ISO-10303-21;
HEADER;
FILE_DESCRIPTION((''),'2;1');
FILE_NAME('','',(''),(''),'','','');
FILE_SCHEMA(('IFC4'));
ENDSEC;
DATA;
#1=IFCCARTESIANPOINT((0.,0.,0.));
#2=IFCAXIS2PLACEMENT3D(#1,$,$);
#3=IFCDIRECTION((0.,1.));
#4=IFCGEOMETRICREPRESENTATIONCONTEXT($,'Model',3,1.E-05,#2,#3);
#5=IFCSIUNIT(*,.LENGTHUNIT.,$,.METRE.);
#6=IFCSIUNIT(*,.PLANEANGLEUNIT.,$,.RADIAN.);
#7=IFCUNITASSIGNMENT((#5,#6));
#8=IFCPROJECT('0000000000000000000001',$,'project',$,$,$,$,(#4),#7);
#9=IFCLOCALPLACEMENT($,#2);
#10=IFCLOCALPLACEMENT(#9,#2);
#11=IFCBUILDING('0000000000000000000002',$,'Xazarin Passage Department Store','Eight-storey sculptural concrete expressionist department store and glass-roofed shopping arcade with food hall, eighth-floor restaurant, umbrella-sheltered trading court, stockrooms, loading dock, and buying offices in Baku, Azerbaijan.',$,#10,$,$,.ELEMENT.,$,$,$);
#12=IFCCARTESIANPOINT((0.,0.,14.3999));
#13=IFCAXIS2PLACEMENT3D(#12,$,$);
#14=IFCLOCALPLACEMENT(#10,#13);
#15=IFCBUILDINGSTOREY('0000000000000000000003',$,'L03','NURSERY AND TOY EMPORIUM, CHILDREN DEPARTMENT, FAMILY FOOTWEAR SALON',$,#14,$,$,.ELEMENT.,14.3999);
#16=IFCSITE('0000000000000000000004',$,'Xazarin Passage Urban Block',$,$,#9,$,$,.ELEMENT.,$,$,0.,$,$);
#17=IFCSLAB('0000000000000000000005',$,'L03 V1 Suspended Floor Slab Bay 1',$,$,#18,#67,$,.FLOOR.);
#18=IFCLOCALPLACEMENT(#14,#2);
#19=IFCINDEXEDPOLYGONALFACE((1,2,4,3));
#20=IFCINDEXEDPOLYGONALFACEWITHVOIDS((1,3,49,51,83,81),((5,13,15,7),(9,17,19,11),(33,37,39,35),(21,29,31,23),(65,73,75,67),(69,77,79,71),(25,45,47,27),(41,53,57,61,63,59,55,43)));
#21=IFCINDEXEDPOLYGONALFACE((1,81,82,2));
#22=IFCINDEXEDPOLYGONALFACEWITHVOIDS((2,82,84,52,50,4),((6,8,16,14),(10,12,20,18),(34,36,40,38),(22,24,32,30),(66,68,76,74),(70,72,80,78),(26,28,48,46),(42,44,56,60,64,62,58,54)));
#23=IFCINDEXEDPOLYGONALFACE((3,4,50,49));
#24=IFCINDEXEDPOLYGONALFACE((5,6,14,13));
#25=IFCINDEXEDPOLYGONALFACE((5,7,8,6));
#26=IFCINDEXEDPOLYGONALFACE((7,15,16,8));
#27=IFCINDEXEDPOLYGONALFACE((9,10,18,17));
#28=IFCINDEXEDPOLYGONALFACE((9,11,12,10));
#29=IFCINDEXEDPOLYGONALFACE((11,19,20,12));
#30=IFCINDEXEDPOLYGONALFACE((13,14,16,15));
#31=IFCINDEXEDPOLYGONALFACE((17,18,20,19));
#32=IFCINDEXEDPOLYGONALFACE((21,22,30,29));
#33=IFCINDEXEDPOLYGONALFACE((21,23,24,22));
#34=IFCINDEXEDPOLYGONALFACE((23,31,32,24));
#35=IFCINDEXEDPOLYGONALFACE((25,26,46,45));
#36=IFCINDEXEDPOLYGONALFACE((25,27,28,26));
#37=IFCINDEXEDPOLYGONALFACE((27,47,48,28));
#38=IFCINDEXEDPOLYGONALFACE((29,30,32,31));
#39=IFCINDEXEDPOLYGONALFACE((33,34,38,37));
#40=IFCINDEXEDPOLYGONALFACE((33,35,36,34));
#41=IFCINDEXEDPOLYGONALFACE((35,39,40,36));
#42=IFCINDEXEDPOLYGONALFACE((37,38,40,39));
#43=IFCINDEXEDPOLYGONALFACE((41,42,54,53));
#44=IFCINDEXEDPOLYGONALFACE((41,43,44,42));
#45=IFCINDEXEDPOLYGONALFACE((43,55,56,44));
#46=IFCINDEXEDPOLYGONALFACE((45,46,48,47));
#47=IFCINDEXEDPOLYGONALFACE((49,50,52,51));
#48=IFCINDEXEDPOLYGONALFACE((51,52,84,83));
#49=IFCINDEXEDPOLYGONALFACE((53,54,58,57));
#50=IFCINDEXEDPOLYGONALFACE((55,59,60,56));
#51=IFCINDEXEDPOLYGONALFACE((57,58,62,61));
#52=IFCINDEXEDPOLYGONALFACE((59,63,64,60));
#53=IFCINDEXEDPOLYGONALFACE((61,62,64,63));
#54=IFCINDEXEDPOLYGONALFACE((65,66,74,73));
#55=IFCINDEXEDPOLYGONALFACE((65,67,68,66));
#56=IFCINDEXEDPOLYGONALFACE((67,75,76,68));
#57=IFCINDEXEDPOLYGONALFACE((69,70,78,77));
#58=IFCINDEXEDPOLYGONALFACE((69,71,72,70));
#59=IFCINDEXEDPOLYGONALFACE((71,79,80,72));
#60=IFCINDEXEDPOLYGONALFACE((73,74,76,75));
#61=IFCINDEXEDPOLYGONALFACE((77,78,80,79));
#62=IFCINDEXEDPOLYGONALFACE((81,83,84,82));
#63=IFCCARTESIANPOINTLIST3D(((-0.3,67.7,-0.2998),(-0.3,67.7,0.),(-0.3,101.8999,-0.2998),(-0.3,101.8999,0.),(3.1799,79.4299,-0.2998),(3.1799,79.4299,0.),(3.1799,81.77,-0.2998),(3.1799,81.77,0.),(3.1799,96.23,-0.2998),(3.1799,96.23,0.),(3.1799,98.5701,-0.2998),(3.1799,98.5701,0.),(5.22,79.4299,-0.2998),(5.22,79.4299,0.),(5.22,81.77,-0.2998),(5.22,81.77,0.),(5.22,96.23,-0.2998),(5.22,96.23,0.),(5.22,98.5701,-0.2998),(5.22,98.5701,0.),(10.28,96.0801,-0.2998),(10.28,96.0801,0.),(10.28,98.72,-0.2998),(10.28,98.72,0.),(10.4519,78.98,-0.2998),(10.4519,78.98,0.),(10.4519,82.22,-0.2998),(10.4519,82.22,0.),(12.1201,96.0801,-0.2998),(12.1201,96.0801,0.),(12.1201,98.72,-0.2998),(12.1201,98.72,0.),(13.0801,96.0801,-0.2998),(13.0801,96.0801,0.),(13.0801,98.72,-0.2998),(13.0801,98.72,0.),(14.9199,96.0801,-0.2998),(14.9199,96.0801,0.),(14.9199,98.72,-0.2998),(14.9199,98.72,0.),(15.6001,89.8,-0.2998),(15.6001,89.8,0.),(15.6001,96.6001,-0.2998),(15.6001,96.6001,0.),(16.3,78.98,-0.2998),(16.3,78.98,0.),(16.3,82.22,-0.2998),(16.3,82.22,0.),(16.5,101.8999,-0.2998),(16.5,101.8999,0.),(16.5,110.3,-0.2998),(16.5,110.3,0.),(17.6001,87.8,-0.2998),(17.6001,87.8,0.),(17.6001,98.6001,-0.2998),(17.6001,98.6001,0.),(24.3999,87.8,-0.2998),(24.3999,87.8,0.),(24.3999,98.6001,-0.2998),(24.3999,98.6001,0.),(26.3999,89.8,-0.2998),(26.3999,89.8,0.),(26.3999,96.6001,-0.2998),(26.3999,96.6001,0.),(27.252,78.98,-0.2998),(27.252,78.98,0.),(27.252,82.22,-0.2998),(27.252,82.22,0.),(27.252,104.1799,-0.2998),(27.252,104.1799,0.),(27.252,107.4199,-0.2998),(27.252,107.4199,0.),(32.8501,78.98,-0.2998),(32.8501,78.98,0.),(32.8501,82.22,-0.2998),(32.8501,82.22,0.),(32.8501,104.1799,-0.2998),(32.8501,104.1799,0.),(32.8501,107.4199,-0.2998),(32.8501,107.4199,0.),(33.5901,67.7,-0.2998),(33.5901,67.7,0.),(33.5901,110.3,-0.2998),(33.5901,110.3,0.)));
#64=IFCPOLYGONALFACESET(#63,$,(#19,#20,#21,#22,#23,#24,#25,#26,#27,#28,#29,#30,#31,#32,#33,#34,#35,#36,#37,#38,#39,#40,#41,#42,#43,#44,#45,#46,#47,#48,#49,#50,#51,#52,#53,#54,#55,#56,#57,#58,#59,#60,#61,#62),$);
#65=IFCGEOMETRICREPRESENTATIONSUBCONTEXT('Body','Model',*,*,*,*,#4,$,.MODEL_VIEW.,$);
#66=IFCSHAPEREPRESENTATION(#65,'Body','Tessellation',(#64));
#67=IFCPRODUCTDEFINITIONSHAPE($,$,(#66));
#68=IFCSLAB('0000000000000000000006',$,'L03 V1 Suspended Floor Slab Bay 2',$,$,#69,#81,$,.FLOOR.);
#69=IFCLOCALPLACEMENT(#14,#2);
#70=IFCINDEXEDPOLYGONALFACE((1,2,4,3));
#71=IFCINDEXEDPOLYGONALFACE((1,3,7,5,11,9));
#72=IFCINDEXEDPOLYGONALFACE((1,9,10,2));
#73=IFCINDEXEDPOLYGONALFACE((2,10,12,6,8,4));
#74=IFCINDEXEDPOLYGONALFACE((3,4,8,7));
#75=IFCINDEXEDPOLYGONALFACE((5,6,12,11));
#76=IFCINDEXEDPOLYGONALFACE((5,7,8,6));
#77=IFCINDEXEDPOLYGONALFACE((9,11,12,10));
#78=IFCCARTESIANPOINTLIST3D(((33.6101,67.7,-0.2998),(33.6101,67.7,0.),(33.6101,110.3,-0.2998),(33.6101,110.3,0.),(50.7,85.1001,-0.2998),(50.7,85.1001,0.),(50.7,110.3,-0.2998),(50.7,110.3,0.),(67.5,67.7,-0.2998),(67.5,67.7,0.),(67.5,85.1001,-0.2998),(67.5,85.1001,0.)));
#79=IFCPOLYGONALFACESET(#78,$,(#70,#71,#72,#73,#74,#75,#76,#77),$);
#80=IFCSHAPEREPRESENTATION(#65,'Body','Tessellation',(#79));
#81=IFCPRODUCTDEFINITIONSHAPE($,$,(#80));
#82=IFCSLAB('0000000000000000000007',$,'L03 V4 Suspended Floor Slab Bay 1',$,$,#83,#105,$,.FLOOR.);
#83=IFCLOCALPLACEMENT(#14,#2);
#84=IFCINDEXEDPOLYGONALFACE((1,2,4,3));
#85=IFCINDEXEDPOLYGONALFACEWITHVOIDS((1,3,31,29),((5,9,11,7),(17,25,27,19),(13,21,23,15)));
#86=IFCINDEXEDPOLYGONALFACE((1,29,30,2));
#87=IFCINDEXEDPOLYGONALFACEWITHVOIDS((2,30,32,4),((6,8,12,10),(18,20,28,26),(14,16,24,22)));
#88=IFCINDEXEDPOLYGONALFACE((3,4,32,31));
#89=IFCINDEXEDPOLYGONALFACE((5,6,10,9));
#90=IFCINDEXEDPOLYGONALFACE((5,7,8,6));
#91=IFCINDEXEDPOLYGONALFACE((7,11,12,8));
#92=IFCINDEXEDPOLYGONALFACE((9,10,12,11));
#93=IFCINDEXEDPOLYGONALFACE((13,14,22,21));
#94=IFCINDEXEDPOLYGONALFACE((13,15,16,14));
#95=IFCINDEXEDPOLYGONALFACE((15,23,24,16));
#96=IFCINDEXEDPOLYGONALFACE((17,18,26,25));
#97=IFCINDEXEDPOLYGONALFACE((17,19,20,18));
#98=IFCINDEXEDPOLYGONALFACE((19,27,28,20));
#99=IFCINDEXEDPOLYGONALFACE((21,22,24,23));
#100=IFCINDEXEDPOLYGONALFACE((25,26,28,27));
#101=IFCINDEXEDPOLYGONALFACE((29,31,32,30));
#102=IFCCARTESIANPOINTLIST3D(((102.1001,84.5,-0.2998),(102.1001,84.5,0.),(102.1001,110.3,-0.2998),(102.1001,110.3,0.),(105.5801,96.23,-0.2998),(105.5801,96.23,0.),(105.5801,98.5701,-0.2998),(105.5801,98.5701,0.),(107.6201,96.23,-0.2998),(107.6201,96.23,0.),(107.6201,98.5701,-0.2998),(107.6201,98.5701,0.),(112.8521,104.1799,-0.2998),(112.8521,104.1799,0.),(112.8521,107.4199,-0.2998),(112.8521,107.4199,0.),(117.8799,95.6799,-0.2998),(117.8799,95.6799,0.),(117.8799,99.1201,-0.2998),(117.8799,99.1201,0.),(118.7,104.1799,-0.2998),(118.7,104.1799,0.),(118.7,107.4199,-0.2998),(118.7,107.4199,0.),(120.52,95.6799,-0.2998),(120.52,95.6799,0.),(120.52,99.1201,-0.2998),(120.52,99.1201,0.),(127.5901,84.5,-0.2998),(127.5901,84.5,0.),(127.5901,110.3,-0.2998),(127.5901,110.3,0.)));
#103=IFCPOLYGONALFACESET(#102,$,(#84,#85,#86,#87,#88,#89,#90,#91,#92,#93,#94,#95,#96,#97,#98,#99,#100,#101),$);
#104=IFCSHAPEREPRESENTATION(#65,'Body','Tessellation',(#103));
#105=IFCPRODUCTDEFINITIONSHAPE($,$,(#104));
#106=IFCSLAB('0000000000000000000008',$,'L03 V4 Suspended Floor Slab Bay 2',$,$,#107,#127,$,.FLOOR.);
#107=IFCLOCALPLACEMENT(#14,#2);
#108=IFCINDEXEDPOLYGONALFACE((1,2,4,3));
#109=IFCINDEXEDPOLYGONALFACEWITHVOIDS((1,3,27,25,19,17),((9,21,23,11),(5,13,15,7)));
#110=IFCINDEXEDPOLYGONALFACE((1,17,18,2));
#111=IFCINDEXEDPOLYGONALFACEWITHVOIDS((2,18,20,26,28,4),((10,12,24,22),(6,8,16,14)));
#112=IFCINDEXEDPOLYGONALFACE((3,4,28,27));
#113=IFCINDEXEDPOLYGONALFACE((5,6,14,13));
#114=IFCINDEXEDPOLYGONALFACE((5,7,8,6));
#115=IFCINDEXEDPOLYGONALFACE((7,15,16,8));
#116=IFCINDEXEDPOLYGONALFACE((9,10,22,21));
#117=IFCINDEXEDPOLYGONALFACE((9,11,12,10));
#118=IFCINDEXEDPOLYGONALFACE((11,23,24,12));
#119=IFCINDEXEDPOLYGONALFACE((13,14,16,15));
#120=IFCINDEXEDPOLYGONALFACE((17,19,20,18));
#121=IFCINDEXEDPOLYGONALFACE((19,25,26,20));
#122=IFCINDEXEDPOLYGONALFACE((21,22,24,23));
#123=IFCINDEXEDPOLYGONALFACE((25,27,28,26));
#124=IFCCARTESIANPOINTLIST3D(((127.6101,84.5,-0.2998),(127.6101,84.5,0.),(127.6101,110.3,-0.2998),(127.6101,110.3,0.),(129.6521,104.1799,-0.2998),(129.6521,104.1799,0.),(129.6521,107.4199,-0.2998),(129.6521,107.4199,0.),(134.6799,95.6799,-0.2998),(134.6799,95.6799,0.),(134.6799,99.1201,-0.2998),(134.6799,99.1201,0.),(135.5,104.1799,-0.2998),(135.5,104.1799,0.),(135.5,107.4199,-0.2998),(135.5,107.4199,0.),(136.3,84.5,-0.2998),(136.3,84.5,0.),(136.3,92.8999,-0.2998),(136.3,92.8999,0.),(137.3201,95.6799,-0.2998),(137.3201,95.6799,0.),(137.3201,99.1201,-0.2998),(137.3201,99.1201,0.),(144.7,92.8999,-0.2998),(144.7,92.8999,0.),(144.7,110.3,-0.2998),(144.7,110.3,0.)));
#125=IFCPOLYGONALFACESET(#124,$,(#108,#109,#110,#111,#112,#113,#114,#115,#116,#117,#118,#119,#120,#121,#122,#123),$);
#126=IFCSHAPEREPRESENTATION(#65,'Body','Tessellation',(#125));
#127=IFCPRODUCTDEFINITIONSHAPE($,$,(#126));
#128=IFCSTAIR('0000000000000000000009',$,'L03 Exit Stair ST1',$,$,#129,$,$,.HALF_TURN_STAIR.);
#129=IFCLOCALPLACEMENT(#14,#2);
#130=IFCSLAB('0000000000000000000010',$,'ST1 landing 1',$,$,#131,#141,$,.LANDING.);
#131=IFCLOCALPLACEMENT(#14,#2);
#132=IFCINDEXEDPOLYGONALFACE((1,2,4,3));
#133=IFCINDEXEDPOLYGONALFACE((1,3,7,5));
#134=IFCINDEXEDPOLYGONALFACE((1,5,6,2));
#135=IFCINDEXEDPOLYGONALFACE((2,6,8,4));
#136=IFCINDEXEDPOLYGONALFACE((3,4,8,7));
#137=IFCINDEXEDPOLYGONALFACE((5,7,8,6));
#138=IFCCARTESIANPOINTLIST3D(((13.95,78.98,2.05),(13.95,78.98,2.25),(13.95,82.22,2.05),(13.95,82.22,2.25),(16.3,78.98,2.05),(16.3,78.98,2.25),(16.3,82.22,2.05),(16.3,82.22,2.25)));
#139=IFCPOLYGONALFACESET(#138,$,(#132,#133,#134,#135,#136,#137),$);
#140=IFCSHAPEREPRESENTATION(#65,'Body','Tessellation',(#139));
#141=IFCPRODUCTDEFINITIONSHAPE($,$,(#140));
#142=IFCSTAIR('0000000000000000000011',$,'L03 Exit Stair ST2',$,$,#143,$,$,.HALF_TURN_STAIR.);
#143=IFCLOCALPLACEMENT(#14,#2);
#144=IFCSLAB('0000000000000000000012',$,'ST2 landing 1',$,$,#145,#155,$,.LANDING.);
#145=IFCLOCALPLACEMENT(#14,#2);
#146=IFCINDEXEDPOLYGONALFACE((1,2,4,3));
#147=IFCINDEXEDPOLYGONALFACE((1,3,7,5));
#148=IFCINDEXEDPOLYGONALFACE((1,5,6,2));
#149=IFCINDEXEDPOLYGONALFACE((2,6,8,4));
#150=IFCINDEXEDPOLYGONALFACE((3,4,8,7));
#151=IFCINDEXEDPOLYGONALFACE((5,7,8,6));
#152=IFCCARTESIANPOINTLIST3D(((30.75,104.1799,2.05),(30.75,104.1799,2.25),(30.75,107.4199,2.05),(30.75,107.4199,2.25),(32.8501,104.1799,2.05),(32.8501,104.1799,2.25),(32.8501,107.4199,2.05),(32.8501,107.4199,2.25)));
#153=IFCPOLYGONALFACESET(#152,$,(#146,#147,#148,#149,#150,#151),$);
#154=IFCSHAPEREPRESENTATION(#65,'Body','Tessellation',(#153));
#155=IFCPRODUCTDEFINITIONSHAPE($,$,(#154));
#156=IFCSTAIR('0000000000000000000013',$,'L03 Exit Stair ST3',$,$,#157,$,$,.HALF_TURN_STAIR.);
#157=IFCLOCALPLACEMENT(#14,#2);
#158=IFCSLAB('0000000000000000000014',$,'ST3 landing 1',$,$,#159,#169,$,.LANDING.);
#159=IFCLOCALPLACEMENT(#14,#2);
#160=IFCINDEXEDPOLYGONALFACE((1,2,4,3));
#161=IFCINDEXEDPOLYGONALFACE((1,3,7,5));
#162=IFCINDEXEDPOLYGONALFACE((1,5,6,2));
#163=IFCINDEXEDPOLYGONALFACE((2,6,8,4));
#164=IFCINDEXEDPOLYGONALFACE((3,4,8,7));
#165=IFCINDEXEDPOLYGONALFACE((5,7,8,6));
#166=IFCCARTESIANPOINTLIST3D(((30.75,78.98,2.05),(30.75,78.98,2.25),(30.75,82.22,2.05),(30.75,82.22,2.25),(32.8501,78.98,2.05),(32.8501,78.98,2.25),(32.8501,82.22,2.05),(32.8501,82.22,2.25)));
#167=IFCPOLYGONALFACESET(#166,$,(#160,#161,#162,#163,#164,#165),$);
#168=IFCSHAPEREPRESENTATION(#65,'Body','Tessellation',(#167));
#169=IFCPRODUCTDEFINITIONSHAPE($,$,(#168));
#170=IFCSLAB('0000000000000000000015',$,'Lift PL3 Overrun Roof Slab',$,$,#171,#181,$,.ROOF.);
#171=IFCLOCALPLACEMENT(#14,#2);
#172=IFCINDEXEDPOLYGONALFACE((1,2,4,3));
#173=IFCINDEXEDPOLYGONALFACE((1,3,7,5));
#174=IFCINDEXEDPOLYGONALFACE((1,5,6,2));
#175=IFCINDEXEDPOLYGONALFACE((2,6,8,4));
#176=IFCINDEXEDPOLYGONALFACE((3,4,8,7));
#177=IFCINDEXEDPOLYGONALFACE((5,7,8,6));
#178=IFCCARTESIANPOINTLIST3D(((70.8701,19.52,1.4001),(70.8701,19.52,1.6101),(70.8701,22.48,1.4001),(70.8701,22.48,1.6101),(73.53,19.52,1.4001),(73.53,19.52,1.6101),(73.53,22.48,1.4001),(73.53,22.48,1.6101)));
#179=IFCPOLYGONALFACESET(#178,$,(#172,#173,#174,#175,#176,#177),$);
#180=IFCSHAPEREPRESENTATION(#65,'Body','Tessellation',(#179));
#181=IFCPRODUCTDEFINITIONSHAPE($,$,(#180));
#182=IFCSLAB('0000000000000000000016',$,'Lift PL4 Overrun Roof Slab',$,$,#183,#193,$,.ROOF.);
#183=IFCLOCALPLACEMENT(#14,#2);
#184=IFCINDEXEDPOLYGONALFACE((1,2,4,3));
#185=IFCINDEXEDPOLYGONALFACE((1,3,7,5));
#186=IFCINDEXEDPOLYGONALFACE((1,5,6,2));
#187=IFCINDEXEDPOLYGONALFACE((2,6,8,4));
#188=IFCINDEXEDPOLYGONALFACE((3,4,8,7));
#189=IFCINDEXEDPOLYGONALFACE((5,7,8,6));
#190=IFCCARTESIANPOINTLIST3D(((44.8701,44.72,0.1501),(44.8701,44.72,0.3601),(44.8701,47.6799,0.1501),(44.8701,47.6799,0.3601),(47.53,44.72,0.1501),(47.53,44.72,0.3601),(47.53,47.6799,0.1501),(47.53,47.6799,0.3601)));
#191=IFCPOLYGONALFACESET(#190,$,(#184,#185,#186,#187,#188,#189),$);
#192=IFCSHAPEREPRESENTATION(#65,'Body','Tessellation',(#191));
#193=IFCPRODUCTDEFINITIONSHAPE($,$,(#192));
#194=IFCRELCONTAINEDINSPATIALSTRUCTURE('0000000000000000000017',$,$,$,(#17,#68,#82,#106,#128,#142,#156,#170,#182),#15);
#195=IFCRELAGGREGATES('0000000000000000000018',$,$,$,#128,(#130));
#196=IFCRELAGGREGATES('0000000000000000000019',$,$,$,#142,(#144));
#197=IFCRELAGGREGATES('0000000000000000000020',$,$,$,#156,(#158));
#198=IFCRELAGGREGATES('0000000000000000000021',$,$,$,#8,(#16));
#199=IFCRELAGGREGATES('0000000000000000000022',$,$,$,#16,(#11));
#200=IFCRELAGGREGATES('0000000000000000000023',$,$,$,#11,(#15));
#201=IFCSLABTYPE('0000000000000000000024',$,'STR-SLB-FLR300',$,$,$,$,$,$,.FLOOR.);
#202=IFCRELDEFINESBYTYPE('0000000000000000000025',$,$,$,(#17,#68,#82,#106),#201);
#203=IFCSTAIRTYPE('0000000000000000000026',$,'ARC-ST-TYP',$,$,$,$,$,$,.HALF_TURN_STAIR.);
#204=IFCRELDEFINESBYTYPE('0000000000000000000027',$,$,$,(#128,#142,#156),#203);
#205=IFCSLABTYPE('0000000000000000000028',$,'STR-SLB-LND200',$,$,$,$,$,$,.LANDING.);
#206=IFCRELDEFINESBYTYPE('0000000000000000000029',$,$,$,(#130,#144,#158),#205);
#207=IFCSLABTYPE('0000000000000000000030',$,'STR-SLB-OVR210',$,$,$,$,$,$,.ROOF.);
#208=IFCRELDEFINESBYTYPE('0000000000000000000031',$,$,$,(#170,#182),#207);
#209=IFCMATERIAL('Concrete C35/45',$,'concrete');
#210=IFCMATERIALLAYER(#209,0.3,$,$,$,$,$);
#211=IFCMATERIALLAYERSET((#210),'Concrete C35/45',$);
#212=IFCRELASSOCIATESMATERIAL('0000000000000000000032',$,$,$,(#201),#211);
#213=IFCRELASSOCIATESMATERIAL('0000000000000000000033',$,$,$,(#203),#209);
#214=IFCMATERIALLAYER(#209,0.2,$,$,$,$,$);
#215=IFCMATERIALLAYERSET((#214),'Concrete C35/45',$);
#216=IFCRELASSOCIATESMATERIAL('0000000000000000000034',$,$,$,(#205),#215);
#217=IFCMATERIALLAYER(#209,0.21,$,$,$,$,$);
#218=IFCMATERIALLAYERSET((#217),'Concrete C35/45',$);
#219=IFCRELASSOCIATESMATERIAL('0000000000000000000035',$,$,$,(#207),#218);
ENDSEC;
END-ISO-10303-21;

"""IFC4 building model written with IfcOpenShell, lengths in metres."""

from ifc_helpers import new_model, si_unit, direction, frame, origin, place, context, subcontext, project, spatial, polyline, outline, extrude, material, layer, layer_set, type_object, element, aggregate, save


model = new_model("IFC4")

# Units and contexts
model_context = context("Model", 3, precision=1e-05, world=origin(), true_north=direction((0.0, 1.0)))
body_context = subcontext(model_context, "Body", "Model", "MODEL_VIEW")
ifc_project = project(units=[si_unit("LENGTHUNIT", "METRE"), si_unit("PLANEANGLEUNIT", "RADIAN")], contexts=[model_context])

# Site, building, storey
site_placement = place(None, origin())
site = spatial("IfcSite", under=ifc_project, at=site_placement, Name="Xazarin Passage Urban Block", CompositionType="ELEMENT", RefElevation=0.0)
building_placement = place(site_placement, origin())
building = spatial("IfcBuilding", under=site, at=building_placement, Name="Xazarin Passage Department Store", Description="Eight-storey sculptural concrete expressionist department store and glass-roofed shopping arcade with food hall, eighth-floor restaurant, umbrella-sheltered trading court, stockrooms, loading dock, and buying offices in Baku, Azerbaijan.", CompositionType="ELEMENT")
storey_placement = place(building_placement, frame((0.0, 0.0, 14.3999)))
storey = spatial("IfcBuildingStorey", under=building, at=storey_placement, Name="L03", Description="NURSERY AND TOY EMPORIUM, CHILDREN DEPARTMENT, FAMILY FOOTWEAR SALON", CompositionType="ELEMENT", Elevation=14.3999)

# Slabs
ifc_material_1 = material(Name="Concrete C35/45", Category="concrete")
ifc_layer_1 = layer(ifc_material_1, 0.3)
ifc_layer_set_1 = layer_set([ifc_layer_1], Name="Concrete C35/45")
slab_type_1 = type_object("IfcSlabType", Name="STR-SLB-FLR300", PredefinedType="FLOOR", material=ifc_layer_set_1)
slab_1_placement = place(storey_placement, frame((0.0, 0.0, -0.2998)))
element("IfcSlab", 1, at=slab_1_placement, inside=storey, type_object=slab_type_1, Name="L03 V1 Suspended Floor Slab Bay 1", PredefinedType="FLOOR", context=body_context, shape_type="SweptSolid", body=[
    extrude(outline(polyline([(-0.3, 67.7), (33.5901, 67.7), (33.5901, 110.3), (16.5, 110.3), (16.5, 101.8999), (-0.3, 101.8999), (-0.3, 67.7)]), holes=[polyline([(32.8501, 82.22), (32.8501, 78.98), (27.252, 78.98), (27.252, 82.22), (32.8501, 82.22)]), polyline([(32.8501, 107.4199), (32.8501, 104.1799), (27.252, 104.1799), (27.252, 107.4199), (32.8501, 107.4199)]), polyline([(15.6001, 96.6001), (17.6001, 98.6001), (24.3999, 98.6001), (26.3999, 96.6001), (26.3999, 89.8), (24.3999, 87.8), (17.6001, 87.8), (15.6001, 89.8), (15.6001, 96.6001)]), polyline([(16.3, 82.22), (16.3, 78.98), (10.4519, 78.98), (10.4519, 82.22), (16.3, 82.22)]), polyline([(13.0801, 98.72), (14.9199, 98.72), (14.9199, 96.0801), (13.0801, 96.0801), (13.0801, 98.72)]), polyline([(10.28, 98.72), (12.1201, 98.72), (12.1201, 96.0801), (10.28, 96.0801), (10.28, 98.72)]), polyline([(3.1799, 81.77), (5.22, 81.77), (5.22, 79.4299), (3.1799, 79.4299), (3.1799, 81.77)]), polyline([(3.1799, 98.5701), (5.22, 98.5701), (5.22, 96.23), (3.1799, 96.23), (3.1799, 98.5701)])]), origin(), (0.0, 0.0, 1.0), 0.2998),
])
slab_2_placement = place(storey_placement, frame((0.0, 0.0, -0.2998)))
element("IfcSlab", 2, at=slab_2_placement, inside=storey, type_object=slab_type_1, Name="L03 V1 Suspended Floor Slab Bay 2", PredefinedType="FLOOR", context=body_context, shape_type="SweptSolid", body=[
    extrude(outline(polyline([(33.6101, 110.3), (33.6101, 67.7), (67.5, 67.7), (67.5, 85.1001), (50.7, 85.1001), (50.7, 110.3), (33.6101, 110.3)])), origin(), (0.0, 0.0, 1.0), 0.2998),
])
slab_3_placement = place(storey_placement, frame((0.0, 0.0, -0.2998)))
element("IfcSlab", 3, at=slab_3_placement, inside=storey, type_object=slab_type_1, Name="L03 V4 Suspended Floor Slab Bay 1", PredefinedType="FLOOR", context=body_context, shape_type="SweptSolid", body=[
    extrude(outline(polyline([(102.1001, 110.3), (102.1001, 84.5), (127.5901, 84.5), (127.5901, 110.3), (102.1001, 110.3)]), holes=[polyline([(117.8799, 95.6799), (117.8799, 99.1201), (120.52, 99.1201), (120.52, 95.6799), (117.8799, 95.6799)]), polyline([(118.7, 107.4199), (118.7, 104.1799), (112.8521, 104.1799), (112.8521, 107.4199), (118.7, 107.4199)]), polyline([(105.5801, 96.23), (105.5801, 98.5701), (107.6201, 98.5701), (107.6201, 96.23), (105.5801, 96.23)])]), origin(), (0.0, 0.0, 1.0), 0.2998),
])
slab_4_placement = place(storey_placement, frame((0.0, 0.0, -0.2998)))
element("IfcSlab", 4, at=slab_4_placement, inside=storey, type_object=slab_type_1, Name="L03 V4 Suspended Floor Slab Bay 2", PredefinedType="FLOOR", context=body_context, shape_type="SweptSolid", body=[
    extrude(outline(polyline([(127.6101, 110.3), (127.6101, 84.5), (136.3, 84.5), (136.3, 92.8999), (144.7, 92.8999), (144.7, 110.3), (127.6101, 110.3)]), holes=[polyline([(134.6799, 95.6799), (134.6799, 99.1201), (137.3201, 99.1201), (137.3201, 95.6799), (134.6799, 95.6799)]), polyline([(135.5, 107.4199), (135.5, 104.1799), (129.6521, 104.1799), (129.6521, 107.4199), (135.5, 107.4199)])]), origin(), (0.0, 0.0, 1.0), 0.2998),
])

# Stairs, slabs
stair_type = type_object("IfcStairType", Name="ARC-ST-TYP", PredefinedType="HALF_TURN_STAIR", material=ifc_material_1)
stair_1_placement = place(storey_placement, origin())
stair_1 = element("IfcStair", 5, at=stair_1_placement, inside=storey, type_object=stair_type, Name="L03 Exit Stair ST1", PredefinedType="HALF_TURN_STAIR")
ifc_layer_2 = layer(ifc_material_1, 0.2)
ifc_layer_set_2 = layer_set([ifc_layer_2], Name="Concrete C35/45")
slab_type_2 = type_object("IfcSlabType", Name="STR-SLB-LND200", PredefinedType="LANDING", material=ifc_layer_set_2)
slab_5_placement = place(storey_placement, frame((0.0, 0.0, 2.05)))
slab_5 = element("IfcSlab", 6, at=slab_5_placement, type_object=slab_type_2, Name="ST1 landing 1", PredefinedType="LANDING", context=body_context, shape_type="SweptSolid", body=[
    extrude(outline(polyline([(13.95, 78.98), (16.3, 78.98), (16.3, 82.22), (13.95, 82.22), (13.95, 78.98)])), origin(), (0.0, 0.0, 1.0), 0.2),
])
aggregate(stair_1, [slab_5])
stair_2_placement = place(storey_placement, origin())
stair_2 = element("IfcStair", 7, at=stair_2_placement, inside=storey, type_object=stair_type, Name="L03 Exit Stair ST2", PredefinedType="HALF_TURN_STAIR")
slab_6_placement = place(storey_placement, frame((0.0, 0.0, 2.05)))
slab_6 = element("IfcSlab", 8, at=slab_6_placement, type_object=slab_type_2, Name="ST2 landing 1", PredefinedType="LANDING", context=body_context, shape_type="SweptSolid", body=[
    extrude(outline(polyline([(30.75, 104.1799), (32.8501, 104.1799), (32.8501, 107.4199), (30.75, 107.4199), (30.75, 104.1799)])), origin(), (0.0, 0.0, 1.0), 0.2),
])
aggregate(stair_2, [slab_6])
stair_3_placement = place(storey_placement, origin())
stair_3 = element("IfcStair", 9, at=stair_3_placement, inside=storey, type_object=stair_type, Name="L03 Exit Stair ST3", PredefinedType="HALF_TURN_STAIR")
slab_7_placement = place(storey_placement, frame((0.0, 0.0, 2.05)))
slab_7 = element("IfcSlab", 10, at=slab_7_placement, type_object=slab_type_2, Name="ST3 landing 1", PredefinedType="LANDING", context=body_context, shape_type="SweptSolid", body=[
    extrude(outline(polyline([(30.75, 78.98), (32.8501, 78.98), (32.8501, 82.22), (30.75, 82.22), (30.75, 78.98)])), origin(), (0.0, 0.0, 1.0), 0.2),
])
aggregate(stair_3, [slab_7])

# Slabs
ifc_layer_3 = layer(ifc_material_1, 0.21)
ifc_layer_set_3 = layer_set([ifc_layer_3], Name="Concrete C35/45")
slab_type_3 = type_object("IfcSlabType", Name="STR-SLB-OVR210", PredefinedType="ROOF", material=ifc_layer_set_3)
slab_8_placement = place(storey_placement, frame((0.0, 0.0, 1.4001)))
element("IfcSlab", 11, at=slab_8_placement, inside=storey, type_object=slab_type_3, Name="Lift PL3 Overrun Roof Slab", PredefinedType="ROOF", context=body_context, shape_type="SweptSolid", body=[
    extrude(outline(polyline([(70.8701, 19.52), (73.53, 19.52), (73.53, 22.48), (70.8701, 22.48), (70.8701, 19.52)])), origin(), (0.0, 0.0, 1.0), 0.21),
])
slab_9_placement = place(storey_placement, frame((0.0, 0.0, 0.1501)))
element("IfcSlab", 12, at=slab_9_placement, inside=storey, type_object=slab_type_3, Name="Lift PL4 Overrun Roof Slab", PredefinedType="ROOF", context=body_context, shape_type="SweptSolid", body=[
    extrude(outline(polyline([(44.8701, 44.72), (47.53, 44.72), (47.53, 47.6799), (44.8701, 47.6799), (44.8701, 44.72)])), origin(), (0.0, 0.0, 1.0), 0.21),
])

save(model, "model.ifc")
